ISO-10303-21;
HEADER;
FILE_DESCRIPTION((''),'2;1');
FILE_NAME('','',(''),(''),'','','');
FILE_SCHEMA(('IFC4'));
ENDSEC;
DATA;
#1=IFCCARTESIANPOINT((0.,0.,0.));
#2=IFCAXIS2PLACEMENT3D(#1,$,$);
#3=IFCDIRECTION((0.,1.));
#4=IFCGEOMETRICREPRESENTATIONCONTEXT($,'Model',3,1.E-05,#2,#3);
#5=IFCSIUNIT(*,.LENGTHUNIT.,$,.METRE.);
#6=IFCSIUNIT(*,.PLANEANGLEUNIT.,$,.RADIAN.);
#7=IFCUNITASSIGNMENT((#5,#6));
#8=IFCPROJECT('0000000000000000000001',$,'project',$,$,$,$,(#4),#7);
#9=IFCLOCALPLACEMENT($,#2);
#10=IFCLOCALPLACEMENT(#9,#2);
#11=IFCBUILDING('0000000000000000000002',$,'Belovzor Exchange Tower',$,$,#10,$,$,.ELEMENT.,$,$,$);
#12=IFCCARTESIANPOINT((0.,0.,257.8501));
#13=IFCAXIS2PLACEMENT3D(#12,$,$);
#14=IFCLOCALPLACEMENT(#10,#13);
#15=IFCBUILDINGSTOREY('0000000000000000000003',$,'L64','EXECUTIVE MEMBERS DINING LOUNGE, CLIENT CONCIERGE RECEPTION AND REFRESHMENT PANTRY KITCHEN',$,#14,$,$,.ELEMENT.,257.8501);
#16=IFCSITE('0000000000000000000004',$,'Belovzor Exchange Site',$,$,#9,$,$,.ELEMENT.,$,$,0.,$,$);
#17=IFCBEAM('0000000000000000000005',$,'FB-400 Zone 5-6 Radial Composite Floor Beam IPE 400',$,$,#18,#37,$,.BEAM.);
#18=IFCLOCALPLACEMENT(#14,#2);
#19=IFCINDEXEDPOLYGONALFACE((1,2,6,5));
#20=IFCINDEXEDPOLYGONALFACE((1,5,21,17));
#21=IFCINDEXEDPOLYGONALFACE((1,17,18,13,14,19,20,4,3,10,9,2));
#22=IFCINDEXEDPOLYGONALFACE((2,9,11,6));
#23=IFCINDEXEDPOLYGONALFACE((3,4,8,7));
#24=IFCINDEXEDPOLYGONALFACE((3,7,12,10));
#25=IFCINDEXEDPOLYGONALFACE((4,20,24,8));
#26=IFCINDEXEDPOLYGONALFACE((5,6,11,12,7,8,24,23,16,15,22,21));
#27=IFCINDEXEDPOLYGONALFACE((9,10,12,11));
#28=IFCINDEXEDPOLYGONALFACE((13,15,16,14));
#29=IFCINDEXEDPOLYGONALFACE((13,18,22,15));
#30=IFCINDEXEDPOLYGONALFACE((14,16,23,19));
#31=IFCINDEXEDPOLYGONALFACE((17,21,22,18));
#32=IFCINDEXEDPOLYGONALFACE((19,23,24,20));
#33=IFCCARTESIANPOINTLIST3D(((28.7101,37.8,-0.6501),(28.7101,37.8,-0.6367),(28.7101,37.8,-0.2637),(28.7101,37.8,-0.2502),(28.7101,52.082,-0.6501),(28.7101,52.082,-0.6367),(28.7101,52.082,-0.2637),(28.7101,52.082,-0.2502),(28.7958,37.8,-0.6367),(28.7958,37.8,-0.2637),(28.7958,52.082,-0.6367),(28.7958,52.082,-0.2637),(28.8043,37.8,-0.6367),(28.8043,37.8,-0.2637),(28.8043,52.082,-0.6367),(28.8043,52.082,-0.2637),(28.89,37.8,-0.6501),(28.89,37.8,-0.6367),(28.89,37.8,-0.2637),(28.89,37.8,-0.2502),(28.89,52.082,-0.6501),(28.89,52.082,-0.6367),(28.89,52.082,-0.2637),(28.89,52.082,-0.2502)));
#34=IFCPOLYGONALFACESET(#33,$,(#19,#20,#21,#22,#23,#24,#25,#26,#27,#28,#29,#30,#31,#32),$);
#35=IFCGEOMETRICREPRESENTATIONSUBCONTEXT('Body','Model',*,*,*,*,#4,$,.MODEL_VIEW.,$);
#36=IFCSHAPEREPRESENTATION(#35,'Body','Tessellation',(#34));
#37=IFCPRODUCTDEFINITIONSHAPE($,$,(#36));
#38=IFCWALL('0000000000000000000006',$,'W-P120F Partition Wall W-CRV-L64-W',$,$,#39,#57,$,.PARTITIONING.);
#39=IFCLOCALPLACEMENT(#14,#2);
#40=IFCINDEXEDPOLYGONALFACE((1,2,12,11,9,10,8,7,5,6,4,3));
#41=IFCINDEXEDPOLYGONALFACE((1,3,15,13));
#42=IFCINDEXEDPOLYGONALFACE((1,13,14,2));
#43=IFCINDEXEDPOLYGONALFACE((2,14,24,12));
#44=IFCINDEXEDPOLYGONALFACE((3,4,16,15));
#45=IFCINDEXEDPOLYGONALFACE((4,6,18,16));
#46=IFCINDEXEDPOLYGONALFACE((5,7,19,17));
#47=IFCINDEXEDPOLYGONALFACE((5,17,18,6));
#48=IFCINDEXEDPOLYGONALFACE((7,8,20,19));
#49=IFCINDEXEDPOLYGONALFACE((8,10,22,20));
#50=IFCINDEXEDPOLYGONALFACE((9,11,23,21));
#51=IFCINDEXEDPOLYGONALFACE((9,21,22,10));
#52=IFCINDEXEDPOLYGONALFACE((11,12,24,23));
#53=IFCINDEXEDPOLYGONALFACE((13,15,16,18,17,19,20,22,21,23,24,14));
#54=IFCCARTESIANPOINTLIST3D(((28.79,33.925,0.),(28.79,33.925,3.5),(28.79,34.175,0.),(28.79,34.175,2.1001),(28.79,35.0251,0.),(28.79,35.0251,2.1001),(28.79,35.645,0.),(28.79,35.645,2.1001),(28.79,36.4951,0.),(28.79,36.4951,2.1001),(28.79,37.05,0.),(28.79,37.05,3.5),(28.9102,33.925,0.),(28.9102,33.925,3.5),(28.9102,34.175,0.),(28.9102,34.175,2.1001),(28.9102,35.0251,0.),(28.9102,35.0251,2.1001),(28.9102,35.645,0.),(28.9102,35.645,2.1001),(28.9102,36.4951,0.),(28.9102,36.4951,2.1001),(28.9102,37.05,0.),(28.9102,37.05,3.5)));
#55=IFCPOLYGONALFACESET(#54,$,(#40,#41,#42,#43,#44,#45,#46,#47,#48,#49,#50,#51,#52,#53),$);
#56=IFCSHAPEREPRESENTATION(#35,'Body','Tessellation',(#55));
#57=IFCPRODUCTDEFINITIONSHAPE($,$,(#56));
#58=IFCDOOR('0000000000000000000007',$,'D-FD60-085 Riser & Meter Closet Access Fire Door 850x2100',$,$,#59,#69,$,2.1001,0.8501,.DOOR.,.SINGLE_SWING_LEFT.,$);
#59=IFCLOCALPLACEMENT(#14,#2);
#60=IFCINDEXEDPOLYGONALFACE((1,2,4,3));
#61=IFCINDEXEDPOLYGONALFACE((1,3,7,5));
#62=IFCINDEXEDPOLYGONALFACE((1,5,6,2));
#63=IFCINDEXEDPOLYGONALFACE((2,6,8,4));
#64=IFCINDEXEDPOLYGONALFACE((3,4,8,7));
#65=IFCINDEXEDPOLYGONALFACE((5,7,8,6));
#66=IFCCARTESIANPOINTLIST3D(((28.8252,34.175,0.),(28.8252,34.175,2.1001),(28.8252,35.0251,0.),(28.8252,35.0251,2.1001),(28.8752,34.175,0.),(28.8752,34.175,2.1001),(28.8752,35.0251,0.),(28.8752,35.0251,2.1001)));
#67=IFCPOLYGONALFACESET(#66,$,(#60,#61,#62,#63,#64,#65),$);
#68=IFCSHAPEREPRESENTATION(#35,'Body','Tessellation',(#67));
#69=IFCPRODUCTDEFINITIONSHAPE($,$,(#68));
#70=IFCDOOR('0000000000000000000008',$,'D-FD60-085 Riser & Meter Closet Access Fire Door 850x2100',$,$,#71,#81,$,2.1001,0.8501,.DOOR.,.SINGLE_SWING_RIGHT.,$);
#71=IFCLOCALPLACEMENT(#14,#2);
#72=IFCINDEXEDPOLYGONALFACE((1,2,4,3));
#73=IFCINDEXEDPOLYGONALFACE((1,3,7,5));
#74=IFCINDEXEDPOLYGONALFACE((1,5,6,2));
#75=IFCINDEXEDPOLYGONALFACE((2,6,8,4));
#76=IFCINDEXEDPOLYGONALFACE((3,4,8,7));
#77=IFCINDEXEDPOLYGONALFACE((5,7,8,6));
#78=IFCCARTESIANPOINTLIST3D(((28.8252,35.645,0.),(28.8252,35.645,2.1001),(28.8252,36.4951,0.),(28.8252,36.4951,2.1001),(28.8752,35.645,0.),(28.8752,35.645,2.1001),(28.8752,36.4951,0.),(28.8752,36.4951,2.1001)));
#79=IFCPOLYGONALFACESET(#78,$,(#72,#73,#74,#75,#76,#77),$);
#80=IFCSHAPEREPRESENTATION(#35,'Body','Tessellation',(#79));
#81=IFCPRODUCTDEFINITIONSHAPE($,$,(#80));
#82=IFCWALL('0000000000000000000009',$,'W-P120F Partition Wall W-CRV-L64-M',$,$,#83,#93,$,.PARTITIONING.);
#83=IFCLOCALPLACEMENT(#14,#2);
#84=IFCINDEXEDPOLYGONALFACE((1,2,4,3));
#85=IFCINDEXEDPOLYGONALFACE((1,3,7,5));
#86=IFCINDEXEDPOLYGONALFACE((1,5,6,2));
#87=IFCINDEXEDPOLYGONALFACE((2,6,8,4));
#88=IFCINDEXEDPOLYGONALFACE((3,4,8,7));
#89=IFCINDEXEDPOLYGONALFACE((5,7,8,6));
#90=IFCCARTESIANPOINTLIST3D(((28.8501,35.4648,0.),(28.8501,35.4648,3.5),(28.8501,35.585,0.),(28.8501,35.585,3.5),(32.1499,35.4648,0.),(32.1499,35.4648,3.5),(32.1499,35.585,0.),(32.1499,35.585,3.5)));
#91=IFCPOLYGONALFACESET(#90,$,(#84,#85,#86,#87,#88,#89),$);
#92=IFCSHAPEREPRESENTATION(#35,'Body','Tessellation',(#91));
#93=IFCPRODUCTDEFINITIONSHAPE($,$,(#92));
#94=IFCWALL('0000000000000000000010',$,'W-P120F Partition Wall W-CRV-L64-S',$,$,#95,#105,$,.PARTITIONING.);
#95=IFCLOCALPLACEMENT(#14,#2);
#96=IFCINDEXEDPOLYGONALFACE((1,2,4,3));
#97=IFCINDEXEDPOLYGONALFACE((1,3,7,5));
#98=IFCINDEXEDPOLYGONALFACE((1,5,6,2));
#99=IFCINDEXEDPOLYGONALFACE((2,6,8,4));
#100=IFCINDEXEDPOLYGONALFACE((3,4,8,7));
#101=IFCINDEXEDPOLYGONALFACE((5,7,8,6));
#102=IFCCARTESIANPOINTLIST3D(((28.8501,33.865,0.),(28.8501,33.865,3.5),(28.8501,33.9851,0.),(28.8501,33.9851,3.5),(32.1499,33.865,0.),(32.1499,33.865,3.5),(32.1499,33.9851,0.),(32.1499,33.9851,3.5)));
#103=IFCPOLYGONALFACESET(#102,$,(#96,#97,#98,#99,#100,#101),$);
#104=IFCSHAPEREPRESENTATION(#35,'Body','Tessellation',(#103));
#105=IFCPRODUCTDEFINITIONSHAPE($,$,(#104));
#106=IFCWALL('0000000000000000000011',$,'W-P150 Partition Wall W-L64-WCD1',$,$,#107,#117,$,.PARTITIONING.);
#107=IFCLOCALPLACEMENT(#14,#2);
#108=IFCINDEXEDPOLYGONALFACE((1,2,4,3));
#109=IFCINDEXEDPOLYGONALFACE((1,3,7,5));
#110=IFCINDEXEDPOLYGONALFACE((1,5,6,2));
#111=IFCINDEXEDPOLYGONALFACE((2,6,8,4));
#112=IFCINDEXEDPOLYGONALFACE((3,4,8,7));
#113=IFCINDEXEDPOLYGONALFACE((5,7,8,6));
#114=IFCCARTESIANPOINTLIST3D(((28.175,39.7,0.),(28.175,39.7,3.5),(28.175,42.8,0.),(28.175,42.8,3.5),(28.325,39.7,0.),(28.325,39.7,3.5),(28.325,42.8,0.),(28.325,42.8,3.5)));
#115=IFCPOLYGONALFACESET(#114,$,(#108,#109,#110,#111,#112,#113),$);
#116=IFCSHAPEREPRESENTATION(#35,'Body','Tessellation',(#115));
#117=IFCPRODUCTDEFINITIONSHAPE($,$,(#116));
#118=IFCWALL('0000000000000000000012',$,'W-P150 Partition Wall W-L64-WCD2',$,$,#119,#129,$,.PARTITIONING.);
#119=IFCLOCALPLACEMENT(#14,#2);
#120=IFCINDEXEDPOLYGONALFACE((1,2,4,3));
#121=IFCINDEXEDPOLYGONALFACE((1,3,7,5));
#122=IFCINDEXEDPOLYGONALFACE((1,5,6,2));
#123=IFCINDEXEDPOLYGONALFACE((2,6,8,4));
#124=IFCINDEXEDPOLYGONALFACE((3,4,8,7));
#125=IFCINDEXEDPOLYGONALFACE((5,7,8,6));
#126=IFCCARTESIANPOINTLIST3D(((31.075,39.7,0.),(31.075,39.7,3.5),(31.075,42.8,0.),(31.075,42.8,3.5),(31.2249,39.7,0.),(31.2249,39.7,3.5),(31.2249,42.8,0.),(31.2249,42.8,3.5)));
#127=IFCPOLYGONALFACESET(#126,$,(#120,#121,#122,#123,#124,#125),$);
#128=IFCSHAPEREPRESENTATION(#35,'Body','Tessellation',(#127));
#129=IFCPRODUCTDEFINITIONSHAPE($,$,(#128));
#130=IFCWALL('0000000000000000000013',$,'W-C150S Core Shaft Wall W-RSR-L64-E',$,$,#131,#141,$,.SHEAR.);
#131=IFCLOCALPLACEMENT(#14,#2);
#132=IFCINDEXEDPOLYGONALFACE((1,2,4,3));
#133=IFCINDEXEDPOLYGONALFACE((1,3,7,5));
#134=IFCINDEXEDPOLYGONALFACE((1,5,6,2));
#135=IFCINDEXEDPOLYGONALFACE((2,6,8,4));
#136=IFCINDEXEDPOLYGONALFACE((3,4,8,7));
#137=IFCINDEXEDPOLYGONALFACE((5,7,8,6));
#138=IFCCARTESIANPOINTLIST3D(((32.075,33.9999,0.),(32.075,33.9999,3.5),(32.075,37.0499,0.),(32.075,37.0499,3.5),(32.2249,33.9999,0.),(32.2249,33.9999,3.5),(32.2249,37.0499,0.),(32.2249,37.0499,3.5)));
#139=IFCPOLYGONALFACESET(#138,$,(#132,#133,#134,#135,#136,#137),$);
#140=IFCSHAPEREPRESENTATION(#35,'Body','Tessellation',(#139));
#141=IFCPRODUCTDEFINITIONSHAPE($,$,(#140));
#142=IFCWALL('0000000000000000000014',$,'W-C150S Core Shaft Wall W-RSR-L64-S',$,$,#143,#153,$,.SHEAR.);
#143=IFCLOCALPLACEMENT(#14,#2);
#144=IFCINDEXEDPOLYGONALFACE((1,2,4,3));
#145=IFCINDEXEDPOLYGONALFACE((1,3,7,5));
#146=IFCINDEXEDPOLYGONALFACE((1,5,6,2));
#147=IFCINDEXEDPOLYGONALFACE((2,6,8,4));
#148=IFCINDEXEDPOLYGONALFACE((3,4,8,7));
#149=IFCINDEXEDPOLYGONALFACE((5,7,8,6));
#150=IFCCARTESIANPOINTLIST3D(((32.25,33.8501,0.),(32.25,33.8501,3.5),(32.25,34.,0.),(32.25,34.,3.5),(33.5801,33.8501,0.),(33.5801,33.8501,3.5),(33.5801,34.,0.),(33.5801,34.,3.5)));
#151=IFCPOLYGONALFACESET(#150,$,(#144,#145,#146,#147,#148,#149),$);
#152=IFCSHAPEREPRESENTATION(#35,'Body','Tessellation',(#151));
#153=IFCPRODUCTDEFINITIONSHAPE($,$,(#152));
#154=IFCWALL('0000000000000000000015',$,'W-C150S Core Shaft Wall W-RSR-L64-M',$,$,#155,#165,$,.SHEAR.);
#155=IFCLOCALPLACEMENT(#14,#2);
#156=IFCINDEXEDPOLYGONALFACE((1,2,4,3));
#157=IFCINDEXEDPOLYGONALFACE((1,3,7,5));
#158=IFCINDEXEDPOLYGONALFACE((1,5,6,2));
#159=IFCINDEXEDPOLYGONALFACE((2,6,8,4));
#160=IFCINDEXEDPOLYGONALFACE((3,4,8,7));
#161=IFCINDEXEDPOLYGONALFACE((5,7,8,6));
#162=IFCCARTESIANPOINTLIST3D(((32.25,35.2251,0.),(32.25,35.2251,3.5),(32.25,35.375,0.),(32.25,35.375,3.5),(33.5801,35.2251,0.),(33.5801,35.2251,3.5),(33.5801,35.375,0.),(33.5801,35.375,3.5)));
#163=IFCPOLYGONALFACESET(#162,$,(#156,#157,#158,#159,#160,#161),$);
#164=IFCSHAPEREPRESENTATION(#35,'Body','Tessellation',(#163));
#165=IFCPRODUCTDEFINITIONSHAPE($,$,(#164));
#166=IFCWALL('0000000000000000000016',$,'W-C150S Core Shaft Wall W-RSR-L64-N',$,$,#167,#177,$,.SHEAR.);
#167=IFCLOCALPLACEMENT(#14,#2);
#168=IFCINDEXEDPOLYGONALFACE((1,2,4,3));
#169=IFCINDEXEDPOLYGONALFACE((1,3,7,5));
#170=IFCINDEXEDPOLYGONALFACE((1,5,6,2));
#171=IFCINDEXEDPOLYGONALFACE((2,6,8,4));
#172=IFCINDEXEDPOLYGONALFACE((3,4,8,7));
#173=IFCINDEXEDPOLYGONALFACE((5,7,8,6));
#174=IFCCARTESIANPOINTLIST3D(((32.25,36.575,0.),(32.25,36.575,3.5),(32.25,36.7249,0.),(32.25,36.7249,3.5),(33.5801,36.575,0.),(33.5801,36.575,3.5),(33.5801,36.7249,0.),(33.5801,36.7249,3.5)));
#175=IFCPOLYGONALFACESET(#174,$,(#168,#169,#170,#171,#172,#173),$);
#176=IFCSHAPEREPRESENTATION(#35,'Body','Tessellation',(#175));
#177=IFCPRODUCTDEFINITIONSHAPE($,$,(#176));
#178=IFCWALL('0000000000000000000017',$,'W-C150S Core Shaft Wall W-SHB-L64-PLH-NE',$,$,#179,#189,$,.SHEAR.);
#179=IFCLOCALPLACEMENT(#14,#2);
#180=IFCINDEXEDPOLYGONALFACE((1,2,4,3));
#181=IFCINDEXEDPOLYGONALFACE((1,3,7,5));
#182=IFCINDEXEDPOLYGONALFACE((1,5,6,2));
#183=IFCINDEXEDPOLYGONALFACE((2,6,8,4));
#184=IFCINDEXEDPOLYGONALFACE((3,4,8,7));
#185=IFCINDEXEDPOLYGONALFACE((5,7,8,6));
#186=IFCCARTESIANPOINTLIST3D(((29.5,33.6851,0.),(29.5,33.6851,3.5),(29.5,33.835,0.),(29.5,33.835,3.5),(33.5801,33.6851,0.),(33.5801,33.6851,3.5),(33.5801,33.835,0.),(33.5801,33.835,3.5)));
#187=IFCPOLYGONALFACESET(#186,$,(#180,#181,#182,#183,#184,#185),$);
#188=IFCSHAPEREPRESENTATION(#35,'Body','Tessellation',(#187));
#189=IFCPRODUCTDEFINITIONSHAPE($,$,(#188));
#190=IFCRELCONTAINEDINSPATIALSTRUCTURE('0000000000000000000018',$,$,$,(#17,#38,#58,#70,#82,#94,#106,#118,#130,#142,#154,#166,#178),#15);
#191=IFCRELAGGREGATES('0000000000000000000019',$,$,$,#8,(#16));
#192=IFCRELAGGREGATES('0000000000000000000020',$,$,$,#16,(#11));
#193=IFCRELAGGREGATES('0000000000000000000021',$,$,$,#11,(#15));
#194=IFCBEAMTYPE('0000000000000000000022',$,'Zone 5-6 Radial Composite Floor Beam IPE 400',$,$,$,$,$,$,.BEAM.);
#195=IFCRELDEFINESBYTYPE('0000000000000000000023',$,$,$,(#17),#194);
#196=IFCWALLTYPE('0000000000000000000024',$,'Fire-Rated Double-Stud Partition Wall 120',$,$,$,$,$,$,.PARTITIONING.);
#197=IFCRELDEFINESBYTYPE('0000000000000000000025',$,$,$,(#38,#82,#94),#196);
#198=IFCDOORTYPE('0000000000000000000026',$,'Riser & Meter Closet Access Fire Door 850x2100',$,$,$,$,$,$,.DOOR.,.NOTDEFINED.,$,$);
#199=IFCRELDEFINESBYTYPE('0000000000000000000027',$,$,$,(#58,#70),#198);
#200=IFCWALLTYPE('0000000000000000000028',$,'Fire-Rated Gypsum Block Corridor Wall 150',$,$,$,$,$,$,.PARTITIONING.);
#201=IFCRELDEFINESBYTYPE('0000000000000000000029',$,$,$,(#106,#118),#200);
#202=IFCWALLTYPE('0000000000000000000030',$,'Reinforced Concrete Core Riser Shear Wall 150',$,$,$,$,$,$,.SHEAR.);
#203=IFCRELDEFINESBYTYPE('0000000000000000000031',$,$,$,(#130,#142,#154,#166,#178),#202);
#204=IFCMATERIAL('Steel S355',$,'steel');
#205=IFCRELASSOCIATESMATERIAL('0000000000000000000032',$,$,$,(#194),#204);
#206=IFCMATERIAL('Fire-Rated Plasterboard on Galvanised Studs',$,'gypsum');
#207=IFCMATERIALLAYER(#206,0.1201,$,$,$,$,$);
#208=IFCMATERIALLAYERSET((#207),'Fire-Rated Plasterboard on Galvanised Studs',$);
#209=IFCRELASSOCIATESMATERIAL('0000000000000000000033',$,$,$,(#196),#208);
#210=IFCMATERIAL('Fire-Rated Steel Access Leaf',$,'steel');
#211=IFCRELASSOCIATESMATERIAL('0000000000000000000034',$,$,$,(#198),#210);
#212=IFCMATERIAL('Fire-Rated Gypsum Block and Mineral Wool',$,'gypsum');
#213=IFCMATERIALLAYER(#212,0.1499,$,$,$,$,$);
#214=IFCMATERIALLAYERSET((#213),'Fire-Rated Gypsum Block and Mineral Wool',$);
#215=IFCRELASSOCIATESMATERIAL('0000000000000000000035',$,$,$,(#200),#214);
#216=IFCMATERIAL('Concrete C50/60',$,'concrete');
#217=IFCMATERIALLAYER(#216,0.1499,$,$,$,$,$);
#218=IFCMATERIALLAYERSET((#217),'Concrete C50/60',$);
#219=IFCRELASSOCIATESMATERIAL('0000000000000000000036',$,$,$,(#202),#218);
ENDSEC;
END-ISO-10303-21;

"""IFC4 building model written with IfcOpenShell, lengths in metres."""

from ifc_helpers import new_model, si_unit, direction, frame, frame_2d, origin, origin_2d, place, context, subcontext, project, spatial, rectangle, i_section, extrude, material, layer, layer_set, material_profile, profile_set, type_object, element, fill, save


model = new_model("IFC4")

# Units and contexts
model_context = context("Model", 3, precision=1e-05, world=origin(), true_north=direction((0.0, 1.0)))
body_context = subcontext(model_context, "Body", "Model", "MODEL_VIEW")
ifc_project = project(units=[si_unit("LENGTHUNIT", "METRE"), si_unit("PLANEANGLEUNIT", "RADIAN")], contexts=[model_context])

# Site, building, storey
site_placement = place(None, origin())
site = spatial("IfcSite", under=ifc_project, at=site_placement, Name="Belovzor Exchange Site", CompositionType="ELEMENT", RefElevation=0.0)
building_placement = place(site_placement, origin())
building = spatial("IfcBuilding", under=site, at=building_placement, Name="Belovzor Exchange Tower", CompositionType="ELEMENT")
storey_placement = place(building_placement, frame((0.0, 0.0, 257.8501)))
storey = spatial("IfcBuildingStorey", under=building, at=storey_placement, Name="L64", Description="EXECUTIVE MEMBERS DINING LOUNGE, CLIENT CONCIERGE RECEPTION AND REFRESHMENT PANTRY KITCHEN", CompositionType="ELEMENT", Elevation=257.8501)

# Beam
ifc_material_1 = material(Name="Steel S355", Category="steel")
ifc_material_profile = material_profile(ifc_material_1, i_section(OverallWidth=0.1799, OverallDepth=0.3999, WebThickness=0.0085, FlangeThickness=0.0134, at=origin_2d()))
ifc_profile_set = profile_set([ifc_material_profile], Name="Steel S355")
beam_type = type_object("IfcBeamType", Name="Zone 5-6 Radial Composite Floor Beam IPE 400", PredefinedType="BEAM", material=ifc_profile_set)
beam_placement = place(storey_placement, frame((28.8, 37.8, -0.4502), z_axis=(0.0, 1.0, 0.0), x_axis=(-1.0, 0.0, 0.0)))
element("IfcBeam", 1, at=beam_placement, inside=storey, type_object=beam_type, Name="FB-400 Zone 5-6 Radial Composite Floor Beam IPE 400", PredefinedType="BEAM", context=body_context, shape_type="SweptSolid", body=[
    extrude(i_section(OverallWidth=0.1799, OverallDepth=0.3999, WebThickness=0.0085, FlangeThickness=0.0134, at=origin_2d()), origin(), (0.0, 0.0, 1.0), 14.282),
])

# Wall, openings, doors
ifc_material_2 = material(Name="Fire-Rated Plasterboard on Galvanised Studs", Category="gypsum")
ifc_layer_1 = layer(ifc_material_2, 0.1201)
ifc_layer_set_1 = layer_set([ifc_layer_1], Name="Fire-Rated Plasterboard on Galvanised Studs")
wall_type_1 = type_object("IfcWallType", Name="Fire-Rated Double-Stud Partition Wall 120", PredefinedType="PARTITIONING", material=ifc_layer_set_1)
wall_1_placement = place(storey_placement, frame((28.8501, 33.925, 0.0), z_axis=(0.0, 0.0, 1.0), x_axis=(0.0, 1.0, 0.0)))
wall_1 = element("IfcWall", 2, at=wall_1_placement, inside=storey, type_object=wall_type_1, Name="W-P120F Partition Wall W-CRV-L64-W", PredefinedType="PARTITIONING", context=body_context, shape_type="SweptSolid", body=[
    extrude(rectangle(XDim=3.125, YDim=0.1201, at=frame_2d((1.5625, 0.0))), origin(), (0.0, 0.0, 1.0), 3.5),
])
opening_1_placement = place(wall_1_placement, frame((0.25, 0.0, 0.0)))
opening_1 = element("IfcOpeningElement", 3, at=opening_1_placement, cuts=wall_1, PredefinedType="OPENING", context=body_context, shape_type="SweptSolid", body=[
    extrude(rectangle(XDim=0.8501, YDim=2.1001, at=frame_2d((0.425, 1.05))), frame((0.0, 0.0701, 0.0), z_axis=(0.0, -1.0, 0.0), x_axis=(1.0, 0.0, 0.0)), (0.0, 0.0, 1.0), 0.1401),
])
opening_2_placement = place(wall_1_placement, frame((1.72, 0.0, 0.0)))
opening_2 = element("IfcOpeningElement", 4, at=opening_2_placement, cuts=wall_1, PredefinedType="OPENING", context=body_context, shape_type="SweptSolid", body=[
    extrude(rectangle(XDim=0.8501, YDim=2.1001, at=frame_2d((0.425, 1.05))), frame((0.0, 0.0701, 0.0), z_axis=(0.0, -1.0, 0.0), x_axis=(1.0, 0.0, 0.0)), (0.0, 0.0, 1.0), 0.1401),
])
ifc_material_3 = material(Name="Fire-Rated Steel Access Leaf", Category="steel")
door_type_1 = type_object("IfcDoorType", Name="Riser & Meter Closet Access Fire Door 850x2100", OperationType="NOTDEFINED", PredefinedType="DOOR", material=ifc_material_3)
door_1_placement = place(opening_1_placement, origin())
door_1 = element("IfcDoor", 5, at=door_1_placement, inside=storey, type_object=door_type_1, Name="D-FD60-085 Riser & Meter Closet Access Fire Door 850x2100", OperationType="SINGLE_SWING_LEFT", OverallHeight=2.1001, OverallWidth=0.8501, PredefinedType="DOOR", context=body_context, shape_type="SweptSolid", body=[
    extrude(rectangle(XDim=0.8501, YDim=2.1001, at=frame_2d((0.425, 1.05))), frame((0.0, 0.0249, 0.0), z_axis=(0.0, -1.0, 0.0), x_axis=(1.0, 0.0, 0.0)), (0.0, 0.0, 1.0), 0.05),
])
fill(opening_1, door_1)
door_2_placement = place(opening_2_placement, origin())
door_2 = element("IfcDoor", 6, at=door_2_placement, inside=storey, type_object=door_type_1, Name="D-FD60-085 Riser & Meter Closet Access Fire Door 850x2100", OperationType="SINGLE_SWING_RIGHT", OverallHeight=2.1001, OverallWidth=0.8501, PredefinedType="DOOR", context=body_context, shape_type="SweptSolid", body=[
    extrude(rectangle(XDim=0.8501, YDim=2.1001, at=frame_2d((0.425, 1.05))), frame((0.0, 0.0249, 0.0), z_axis=(0.0, -1.0, 0.0), x_axis=(1.0, 0.0, 0.0)), (0.0, 0.0, 1.0), 0.05),
])
fill(opening_2, door_2)

# Walls
for number, where, z_axis, x_axis, name in (
    (7, (28.8501, 35.5249, 0.0), (0.0, 0.0, 1.0), (1.0, 0.0, 0.0), "W-P120F Partition Wall W-CRV-L64-M"),
    (8, (28.8501, 33.925, 0.0), (0.0, 0.0, 1.0), (1.0, 0.0, 0.0), "W-P120F Partition Wall W-CRV-L64-S"),
):
    element("IfcWall", number, at=place(storey_placement, frame(where, z_axis=z_axis, x_axis=x_axis)), inside=storey, type_object=wall_type_1, Name=name, PredefinedType="PARTITIONING", context=body_context, shape_type="SweptSolid", body=[
        extrude(rectangle(XDim=3.2998, YDim=0.1201, at=frame_2d((1.6499, 0.0))), origin(), (0.0, 0.0, 1.0), 3.5),
    ])
ifc_material_4 = material(Name="Fire-Rated Gypsum Block and Mineral Wool", Category="gypsum")
ifc_layer_2 = layer(ifc_material_4, 0.1499)
ifc_layer_set_2 = layer_set([ifc_layer_2], Name="Fire-Rated Gypsum Block and Mineral Wool")
wall_type_2 = type_object("IfcWallType", Name="Fire-Rated Gypsum Block Corridor Wall 150", PredefinedType="PARTITIONING", material=ifc_layer_set_2)
for number, where, z_axis, x_axis, name in (
    (9, (28.25, 39.7, 0.0), (0.0, 0.0, 1.0), (0.0, 1.0, 0.0), "W-P150 Partition Wall W-L64-WCD1"),
    (10, (31.1499, 39.7, 0.0), (0.0, 0.0, 1.0), (0.0, 1.0, 0.0), "W-P150 Partition Wall W-L64-WCD2"),
):
    element("IfcWall", number, at=place(storey_placement, frame(where, z_axis=z_axis, x_axis=x_axis)), inside=storey, type_object=wall_type_2, Name=name, PredefinedType="PARTITIONING", context=body_context, shape_type="SweptSolid", body=[
        extrude(rectangle(XDim=3.1001, YDim=0.1499, at=frame_2d((1.55, 0.0))), origin(), (0.0, 0.0, 1.0), 3.5),
    ])
ifc_material_5 = material(Name="Concrete C50/60", Category="concrete")
ifc_layer_3 = layer(ifc_material_5, 0.1499)
ifc_layer_set_3 = layer_set([ifc_layer_3], Name="Concrete C50/60")
wall_type_3 = type_object("IfcWallType", Name="Reinforced Concrete Core Riser Shear Wall 150", PredefinedType="SHEAR", material=ifc_layer_set_3)
wall_2_placement = place(storey_placement, frame((32.1499, 34.0, 0.0), z_axis=(0.0, 0.0, 1.0), x_axis=(0.0, 1.0, 0.0)))
element("IfcWall", 11, at=wall_2_placement, inside=storey, type_object=wall_type_3, Name="W-C150S Core Shaft Wall W-RSR-L64-E", PredefinedType="SHEAR", context=body_context, shape_type="SweptSolid", body=[
    extrude(rectangle(XDim=3.05, YDim=0.1499, at=frame_2d((1.5249, 0.0))), origin(), (0.0, 0.0, 1.0), 3.5),
])
for number, where, z_axis, x_axis, name in (
    (12, (32.25, 33.925, 0.0), (0.0, 0.0, 1.0), (1.0, 0.0, 0.0), "W-C150S Core Shaft Wall W-RSR-L64-S"),
    (13, (32.25, 35.3, 0.0), (0.0, 0.0, 1.0), (1.0, 0.0, 0.0), "W-C150S Core Shaft Wall W-RSR-L64-M"),
    (14, (32.25, 36.6499, 0.0), (0.0, 0.0, 1.0), (1.0, 0.0, 0.0), "W-C150S Core Shaft Wall W-RSR-L64-N"),
):
    element("IfcWall", number, at=place(storey_placement, frame(where, z_axis=z_axis, x_axis=x_axis)), inside=storey, type_object=wall_type_3, Name=name, PredefinedType="SHEAR", context=body_context, shape_type="SweptSolid", body=[
        extrude(rectangle(XDim=1.3301, YDim=0.1499, at=frame_2d((0.665, 0.0))), origin(), (0.0, 0.0, 1.0), 3.5),
    ])
wall_3_placement = place(storey_placement, frame((29.5, 33.76, 0.0), z_axis=(0.0, 0.0, 1.0), x_axis=(1.0, 0.0, 0.0)))
element("IfcWall", 15, at=wall_3_placement, inside=storey, type_object=wall_type_3, Name="W-C150S Core Shaft Wall W-SHB-L64-PLH-NE", PredefinedType="SHEAR", context=body_context, shape_type="SweptSolid", body=[
    extrude(rectangle(XDim=4.0801, YDim=0.1499, at=frame_2d((2.04, 0.0))), origin(), (0.0, 0.0, 1.0), 3.5),
])

save(model, "model.ifc")
